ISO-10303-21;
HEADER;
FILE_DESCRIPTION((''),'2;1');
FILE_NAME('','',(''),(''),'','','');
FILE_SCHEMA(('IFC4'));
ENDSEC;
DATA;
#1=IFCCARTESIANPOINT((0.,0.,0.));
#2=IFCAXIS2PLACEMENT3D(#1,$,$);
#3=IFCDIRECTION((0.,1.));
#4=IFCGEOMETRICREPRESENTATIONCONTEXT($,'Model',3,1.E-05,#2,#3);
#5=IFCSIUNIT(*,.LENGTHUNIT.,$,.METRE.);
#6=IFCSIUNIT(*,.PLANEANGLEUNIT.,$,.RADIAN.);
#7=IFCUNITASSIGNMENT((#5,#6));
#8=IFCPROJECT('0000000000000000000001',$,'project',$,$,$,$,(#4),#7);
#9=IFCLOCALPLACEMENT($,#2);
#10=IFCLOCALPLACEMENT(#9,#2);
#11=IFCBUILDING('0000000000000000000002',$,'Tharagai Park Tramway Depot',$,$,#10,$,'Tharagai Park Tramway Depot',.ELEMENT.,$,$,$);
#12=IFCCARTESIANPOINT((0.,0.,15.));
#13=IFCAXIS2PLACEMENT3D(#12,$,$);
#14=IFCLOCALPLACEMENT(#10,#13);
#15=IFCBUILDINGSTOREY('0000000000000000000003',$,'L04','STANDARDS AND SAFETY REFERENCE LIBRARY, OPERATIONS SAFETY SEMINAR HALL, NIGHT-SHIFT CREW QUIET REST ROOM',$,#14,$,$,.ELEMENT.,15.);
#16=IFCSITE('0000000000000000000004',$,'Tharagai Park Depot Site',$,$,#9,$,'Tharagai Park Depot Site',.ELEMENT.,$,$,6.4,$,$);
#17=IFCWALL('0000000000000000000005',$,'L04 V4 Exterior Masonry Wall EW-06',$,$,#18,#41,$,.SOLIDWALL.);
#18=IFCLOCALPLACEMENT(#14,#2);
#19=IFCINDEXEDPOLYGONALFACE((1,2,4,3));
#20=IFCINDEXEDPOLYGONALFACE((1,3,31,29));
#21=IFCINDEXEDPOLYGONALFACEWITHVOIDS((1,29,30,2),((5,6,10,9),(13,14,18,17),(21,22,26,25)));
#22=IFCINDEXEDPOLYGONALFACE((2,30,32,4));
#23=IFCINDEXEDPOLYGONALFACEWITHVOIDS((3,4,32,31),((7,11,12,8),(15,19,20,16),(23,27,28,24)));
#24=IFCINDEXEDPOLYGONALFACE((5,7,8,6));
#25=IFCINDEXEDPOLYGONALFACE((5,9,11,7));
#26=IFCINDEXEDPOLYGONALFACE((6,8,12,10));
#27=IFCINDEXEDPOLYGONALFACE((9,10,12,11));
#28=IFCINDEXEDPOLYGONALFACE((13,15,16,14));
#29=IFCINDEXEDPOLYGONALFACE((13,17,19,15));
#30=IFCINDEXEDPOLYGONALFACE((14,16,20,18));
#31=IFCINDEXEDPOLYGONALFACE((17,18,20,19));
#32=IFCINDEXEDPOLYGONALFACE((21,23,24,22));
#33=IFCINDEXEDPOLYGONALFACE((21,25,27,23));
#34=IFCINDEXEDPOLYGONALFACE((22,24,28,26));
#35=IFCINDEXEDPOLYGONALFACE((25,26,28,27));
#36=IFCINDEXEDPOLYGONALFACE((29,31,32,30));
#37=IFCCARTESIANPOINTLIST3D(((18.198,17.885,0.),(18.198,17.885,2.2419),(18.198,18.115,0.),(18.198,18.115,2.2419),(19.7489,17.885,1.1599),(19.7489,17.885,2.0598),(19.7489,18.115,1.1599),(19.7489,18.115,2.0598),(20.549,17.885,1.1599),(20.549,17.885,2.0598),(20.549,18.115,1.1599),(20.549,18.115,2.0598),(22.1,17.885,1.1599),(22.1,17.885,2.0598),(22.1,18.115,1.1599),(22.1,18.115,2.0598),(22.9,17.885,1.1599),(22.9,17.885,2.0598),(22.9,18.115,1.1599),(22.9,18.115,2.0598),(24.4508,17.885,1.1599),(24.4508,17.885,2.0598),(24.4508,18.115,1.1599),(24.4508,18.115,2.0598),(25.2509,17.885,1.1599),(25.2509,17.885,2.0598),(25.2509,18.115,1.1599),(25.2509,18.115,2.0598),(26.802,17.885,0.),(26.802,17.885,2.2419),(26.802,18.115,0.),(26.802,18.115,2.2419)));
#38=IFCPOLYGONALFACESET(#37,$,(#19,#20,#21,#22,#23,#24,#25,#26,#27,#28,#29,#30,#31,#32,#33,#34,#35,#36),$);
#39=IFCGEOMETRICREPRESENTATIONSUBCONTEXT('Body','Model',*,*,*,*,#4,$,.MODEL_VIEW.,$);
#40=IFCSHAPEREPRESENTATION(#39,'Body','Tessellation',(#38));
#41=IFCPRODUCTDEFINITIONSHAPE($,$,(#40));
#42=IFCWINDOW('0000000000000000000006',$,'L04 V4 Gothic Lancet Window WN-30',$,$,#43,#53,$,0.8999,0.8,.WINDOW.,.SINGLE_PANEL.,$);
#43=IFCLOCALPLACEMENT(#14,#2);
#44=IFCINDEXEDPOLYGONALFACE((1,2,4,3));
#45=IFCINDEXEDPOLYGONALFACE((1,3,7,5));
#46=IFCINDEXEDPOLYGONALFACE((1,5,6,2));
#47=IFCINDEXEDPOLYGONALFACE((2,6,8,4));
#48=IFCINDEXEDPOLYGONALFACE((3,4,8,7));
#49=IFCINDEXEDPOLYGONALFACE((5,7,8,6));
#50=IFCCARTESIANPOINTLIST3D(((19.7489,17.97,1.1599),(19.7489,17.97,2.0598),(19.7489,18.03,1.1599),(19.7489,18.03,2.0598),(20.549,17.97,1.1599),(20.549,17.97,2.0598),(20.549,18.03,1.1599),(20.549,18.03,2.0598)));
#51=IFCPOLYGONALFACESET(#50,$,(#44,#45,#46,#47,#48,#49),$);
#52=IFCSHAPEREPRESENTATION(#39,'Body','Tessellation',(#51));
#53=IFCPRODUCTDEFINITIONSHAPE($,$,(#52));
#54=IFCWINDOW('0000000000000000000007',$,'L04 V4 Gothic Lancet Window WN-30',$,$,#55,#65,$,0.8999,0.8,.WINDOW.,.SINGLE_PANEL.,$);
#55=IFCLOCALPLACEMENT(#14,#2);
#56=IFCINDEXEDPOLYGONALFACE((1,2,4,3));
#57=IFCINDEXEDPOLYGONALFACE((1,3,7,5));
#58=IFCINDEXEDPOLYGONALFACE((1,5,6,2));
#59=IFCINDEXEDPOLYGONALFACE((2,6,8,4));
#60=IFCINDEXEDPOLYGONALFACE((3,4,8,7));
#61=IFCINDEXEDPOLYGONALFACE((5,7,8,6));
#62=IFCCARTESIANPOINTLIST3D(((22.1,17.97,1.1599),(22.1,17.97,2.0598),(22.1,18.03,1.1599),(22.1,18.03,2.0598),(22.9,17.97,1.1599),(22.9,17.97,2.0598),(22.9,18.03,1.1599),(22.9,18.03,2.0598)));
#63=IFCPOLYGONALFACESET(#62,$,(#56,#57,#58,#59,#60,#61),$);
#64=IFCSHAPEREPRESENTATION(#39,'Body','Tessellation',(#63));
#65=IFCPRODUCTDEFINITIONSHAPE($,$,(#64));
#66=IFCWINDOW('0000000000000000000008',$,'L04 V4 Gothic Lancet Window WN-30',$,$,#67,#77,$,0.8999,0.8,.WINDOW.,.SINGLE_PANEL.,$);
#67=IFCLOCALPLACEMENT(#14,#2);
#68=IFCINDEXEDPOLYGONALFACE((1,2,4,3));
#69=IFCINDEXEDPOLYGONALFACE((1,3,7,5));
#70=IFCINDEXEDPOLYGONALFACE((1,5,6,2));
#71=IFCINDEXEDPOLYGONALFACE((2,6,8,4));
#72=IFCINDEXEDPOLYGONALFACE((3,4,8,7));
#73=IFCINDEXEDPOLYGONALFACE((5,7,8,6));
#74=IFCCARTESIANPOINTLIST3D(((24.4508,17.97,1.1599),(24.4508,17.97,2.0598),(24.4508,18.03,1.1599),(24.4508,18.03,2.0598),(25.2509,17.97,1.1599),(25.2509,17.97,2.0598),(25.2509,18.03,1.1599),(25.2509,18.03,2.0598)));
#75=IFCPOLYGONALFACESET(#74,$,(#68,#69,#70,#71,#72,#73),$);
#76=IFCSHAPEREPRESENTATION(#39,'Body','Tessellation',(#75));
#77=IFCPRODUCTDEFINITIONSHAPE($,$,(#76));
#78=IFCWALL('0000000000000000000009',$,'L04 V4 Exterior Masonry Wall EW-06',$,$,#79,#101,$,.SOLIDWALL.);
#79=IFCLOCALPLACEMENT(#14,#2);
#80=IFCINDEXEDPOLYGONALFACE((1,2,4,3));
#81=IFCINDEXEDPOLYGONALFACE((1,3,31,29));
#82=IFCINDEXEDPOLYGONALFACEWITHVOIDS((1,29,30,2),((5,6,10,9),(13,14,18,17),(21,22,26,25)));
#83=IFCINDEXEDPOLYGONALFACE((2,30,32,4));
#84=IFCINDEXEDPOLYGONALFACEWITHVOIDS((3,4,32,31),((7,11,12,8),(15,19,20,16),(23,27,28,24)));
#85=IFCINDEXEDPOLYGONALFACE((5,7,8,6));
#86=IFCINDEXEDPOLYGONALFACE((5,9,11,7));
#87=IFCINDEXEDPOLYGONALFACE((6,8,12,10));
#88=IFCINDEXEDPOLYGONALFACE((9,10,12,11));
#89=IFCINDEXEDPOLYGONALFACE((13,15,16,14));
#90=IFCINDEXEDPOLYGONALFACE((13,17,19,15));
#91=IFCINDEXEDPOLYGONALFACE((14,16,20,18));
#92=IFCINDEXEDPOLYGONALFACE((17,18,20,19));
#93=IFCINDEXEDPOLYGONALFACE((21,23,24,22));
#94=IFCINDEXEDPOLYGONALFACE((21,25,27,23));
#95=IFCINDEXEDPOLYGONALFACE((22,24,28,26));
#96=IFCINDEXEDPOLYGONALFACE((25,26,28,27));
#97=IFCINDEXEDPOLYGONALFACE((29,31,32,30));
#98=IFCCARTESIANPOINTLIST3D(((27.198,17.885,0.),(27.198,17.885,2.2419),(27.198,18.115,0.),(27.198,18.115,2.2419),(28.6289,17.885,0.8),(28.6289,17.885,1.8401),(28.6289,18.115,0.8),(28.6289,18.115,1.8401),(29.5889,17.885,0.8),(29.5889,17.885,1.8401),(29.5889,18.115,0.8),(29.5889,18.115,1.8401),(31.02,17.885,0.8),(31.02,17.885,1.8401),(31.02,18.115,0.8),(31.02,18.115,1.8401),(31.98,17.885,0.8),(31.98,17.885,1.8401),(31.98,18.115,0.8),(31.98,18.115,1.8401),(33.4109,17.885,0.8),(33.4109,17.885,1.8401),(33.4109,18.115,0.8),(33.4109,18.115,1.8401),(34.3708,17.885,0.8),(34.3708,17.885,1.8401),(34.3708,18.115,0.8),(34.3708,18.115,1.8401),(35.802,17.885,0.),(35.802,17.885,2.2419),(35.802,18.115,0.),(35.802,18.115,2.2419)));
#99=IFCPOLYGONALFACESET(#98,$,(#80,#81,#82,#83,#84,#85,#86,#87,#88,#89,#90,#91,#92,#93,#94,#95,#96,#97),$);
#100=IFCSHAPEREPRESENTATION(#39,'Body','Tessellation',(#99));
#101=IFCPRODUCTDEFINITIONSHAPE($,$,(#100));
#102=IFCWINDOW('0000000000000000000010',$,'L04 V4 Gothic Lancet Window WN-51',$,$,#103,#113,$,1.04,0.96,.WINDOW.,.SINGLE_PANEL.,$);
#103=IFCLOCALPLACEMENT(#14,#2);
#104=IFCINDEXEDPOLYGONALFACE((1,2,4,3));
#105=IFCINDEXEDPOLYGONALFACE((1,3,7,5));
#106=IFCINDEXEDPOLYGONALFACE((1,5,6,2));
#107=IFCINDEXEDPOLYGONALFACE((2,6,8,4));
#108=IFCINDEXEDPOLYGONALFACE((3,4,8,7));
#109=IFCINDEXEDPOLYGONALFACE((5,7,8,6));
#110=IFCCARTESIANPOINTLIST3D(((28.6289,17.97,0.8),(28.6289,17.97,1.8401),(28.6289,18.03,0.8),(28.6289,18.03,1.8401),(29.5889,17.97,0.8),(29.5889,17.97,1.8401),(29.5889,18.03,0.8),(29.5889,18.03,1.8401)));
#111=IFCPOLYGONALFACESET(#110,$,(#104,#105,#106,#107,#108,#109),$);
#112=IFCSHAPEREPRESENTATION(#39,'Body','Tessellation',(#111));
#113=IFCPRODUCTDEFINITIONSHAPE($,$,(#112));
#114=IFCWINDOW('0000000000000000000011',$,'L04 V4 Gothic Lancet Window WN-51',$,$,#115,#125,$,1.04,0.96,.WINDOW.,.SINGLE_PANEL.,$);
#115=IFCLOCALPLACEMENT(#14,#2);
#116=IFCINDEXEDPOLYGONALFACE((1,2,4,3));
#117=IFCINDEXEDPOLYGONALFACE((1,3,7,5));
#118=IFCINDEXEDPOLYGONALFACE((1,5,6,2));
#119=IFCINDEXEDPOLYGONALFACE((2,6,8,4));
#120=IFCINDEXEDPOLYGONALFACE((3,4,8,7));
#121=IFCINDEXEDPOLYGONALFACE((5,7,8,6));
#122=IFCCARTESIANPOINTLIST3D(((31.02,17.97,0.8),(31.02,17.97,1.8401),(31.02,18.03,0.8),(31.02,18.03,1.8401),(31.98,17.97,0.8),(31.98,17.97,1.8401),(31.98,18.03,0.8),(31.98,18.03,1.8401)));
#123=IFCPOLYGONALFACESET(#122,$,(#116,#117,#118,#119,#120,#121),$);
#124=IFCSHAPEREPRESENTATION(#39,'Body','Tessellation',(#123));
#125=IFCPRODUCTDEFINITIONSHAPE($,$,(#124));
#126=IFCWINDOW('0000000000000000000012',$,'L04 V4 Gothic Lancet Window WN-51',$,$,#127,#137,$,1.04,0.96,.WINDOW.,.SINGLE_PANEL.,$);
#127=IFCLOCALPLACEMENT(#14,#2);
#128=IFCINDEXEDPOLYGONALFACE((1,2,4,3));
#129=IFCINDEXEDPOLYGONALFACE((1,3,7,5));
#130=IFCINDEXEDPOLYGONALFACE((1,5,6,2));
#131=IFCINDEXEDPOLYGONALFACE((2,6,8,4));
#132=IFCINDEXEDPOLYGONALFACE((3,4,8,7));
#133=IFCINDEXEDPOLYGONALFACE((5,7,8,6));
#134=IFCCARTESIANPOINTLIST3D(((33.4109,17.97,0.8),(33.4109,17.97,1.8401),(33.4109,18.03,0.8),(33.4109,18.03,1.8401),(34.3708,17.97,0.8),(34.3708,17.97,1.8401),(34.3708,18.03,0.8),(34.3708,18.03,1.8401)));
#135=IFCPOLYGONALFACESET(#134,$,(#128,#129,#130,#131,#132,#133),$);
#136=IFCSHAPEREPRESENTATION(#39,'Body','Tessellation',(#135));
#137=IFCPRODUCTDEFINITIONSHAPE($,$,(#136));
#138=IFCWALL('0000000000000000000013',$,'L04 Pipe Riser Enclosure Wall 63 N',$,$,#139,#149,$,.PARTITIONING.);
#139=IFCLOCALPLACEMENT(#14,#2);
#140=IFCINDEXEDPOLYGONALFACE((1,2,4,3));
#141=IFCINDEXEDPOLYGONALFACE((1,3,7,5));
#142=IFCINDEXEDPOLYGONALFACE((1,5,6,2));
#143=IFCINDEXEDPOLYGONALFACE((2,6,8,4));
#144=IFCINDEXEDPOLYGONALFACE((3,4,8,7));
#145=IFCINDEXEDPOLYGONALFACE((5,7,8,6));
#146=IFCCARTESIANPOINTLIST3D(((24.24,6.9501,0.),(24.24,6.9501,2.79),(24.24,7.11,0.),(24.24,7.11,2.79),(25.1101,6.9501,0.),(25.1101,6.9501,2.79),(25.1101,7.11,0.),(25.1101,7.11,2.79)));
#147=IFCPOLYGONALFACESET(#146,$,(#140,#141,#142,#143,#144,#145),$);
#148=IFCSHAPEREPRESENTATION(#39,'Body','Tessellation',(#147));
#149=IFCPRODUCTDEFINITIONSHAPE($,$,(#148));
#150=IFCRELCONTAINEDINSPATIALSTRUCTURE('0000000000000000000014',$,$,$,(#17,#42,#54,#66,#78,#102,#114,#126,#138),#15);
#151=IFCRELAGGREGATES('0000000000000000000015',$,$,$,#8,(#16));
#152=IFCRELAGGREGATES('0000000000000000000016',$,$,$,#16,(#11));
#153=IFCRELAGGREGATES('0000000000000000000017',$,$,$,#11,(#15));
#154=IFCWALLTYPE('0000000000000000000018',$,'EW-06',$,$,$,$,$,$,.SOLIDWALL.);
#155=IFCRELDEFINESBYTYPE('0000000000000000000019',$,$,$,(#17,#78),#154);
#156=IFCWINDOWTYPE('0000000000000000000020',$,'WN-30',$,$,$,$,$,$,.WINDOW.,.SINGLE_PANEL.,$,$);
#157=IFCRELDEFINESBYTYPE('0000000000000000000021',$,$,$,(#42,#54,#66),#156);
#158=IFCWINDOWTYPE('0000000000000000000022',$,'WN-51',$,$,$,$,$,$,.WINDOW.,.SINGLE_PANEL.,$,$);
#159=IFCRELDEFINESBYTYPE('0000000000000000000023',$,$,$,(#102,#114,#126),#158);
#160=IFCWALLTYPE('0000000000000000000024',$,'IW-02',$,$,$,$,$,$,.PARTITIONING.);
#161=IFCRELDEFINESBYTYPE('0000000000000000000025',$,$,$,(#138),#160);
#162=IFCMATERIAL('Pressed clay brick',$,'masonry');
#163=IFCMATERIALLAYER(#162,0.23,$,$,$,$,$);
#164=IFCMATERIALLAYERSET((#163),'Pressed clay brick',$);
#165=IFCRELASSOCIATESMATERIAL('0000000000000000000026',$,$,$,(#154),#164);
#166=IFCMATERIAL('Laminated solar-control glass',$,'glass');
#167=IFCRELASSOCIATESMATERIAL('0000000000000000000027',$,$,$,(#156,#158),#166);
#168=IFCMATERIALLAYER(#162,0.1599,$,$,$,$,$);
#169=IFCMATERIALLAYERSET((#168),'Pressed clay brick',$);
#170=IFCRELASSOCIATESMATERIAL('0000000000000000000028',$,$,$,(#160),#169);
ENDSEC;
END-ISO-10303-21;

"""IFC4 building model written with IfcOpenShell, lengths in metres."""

from ifc_helpers import new_model, si_unit, direction, frame, frame_2d, origin, place, context, subcontext, project, spatial, rectangle, extrude, material, layer, layer_set, type_object, element, fill, save


model = new_model("IFC4")

# Units and contexts
model_context = context("Model", 3, precision=1e-05, world=origin(), true_north=direction((0.0, 1.0)))
body_context = subcontext(model_context, "Body", "Model", "MODEL_VIEW")
ifc_project = project(units=[si_unit("LENGTHUNIT", "METRE"), si_unit("PLANEANGLEUNIT", "RADIAN")], contexts=[model_context])

# Site, building, storey
site_placement = place(None, origin())
site = spatial("IfcSite", under=ifc_project, at=site_placement, Name="Tharagai Park Depot Site", LongName="Tharagai Park Depot Site", CompositionType="ELEMENT", RefElevation=6.4)
building_placement = place(site_placement, origin())
building = spatial("IfcBuilding", under=site, at=building_placement, Name="Tharagai Park Tramway Depot", LongName="Tharagai Park Tramway Depot", CompositionType="ELEMENT")
storey_placement = place(building_placement, frame((0.0, 0.0, 15.0)))
storey = spatial("IfcBuildingStorey", under=building, at=storey_placement, Name="L04", Description="STANDARDS AND SAFETY REFERENCE LIBRARY, OPERATIONS SAFETY SEMINAR HALL, NIGHT-SHIFT CREW QUIET REST ROOM", CompositionType="ELEMENT", Elevation=15.0)

# Walls, openings, windows
ifc_material_1 = material(Name="Pressed clay brick", Category="masonry")
ifc_layer_1 = layer(ifc_material_1, 0.23)
ifc_layer_set_1 = layer_set([ifc_layer_1], Name="Pressed clay brick")
wall_type_1 = type_object("IfcWallType", Name="EW-06", PredefinedType="SOLIDWALL", material=ifc_layer_set_1)
wall_1_placement = place(storey_placement, frame((18.198, 18.0, 0.0), z_axis=(0.0, 0.0, 1.0), x_axis=(1.0, 0.0, 0.0)))
wall_1 = element("IfcWall", 1, at=wall_1_placement, inside=storey, type_object=wall_type_1, Name="L04 V4 Exterior Masonry Wall EW-06", PredefinedType="SOLIDWALL", context=body_context, shape_type="SweptSolid", body=[
    extrude(rectangle(XDim=8.604, YDim=0.23, at=frame_2d((4.302, 0.0))), origin(), (0.0, 0.0, 1.0), 2.2419),
])
opening_1_placement = place(wall_1_placement, frame((1.551, 0.0, 1.1599)))
opening_1 = element("IfcOpeningElement", 2, at=opening_1_placement, cuts=wall_1, PredefinedType="OPENING", context=body_context, shape_type="SweptSolid", body=[
    extrude(rectangle(XDim=0.8, YDim=0.8999, at=frame_2d((0.3999, 0.45))), frame((0.0, 0.125, 0.0), z_axis=(0.0, -1.0, 0.0), x_axis=(1.0, 0.0, 0.0)), (0.0, 0.0, 1.0), 0.25),
])
opening_2_placement = place(wall_1_placement, frame((3.9021, 0.0, 1.1599)))
opening_2 = element("IfcOpeningElement", 3, at=opening_2_placement, cuts=wall_1, PredefinedType="OPENING", context=body_context, shape_type="SweptSolid", body=[
    extrude(rectangle(XDim=0.8, YDim=0.8999, at=frame_2d((0.3999, 0.45))), frame((0.0, 0.125, 0.0), z_axis=(0.0, -1.0, 0.0), x_axis=(1.0, 0.0, 0.0)), (0.0, 0.0, 1.0), 0.25),
])
opening_3_placement = place(wall_1_placement, frame((6.2529, 0.0, 1.1599)))
opening_3 = element("IfcOpeningElement", 4, at=opening_3_placement, cuts=wall_1, PredefinedType="OPENING", context=body_context, shape_type="SweptSolid", body=[
    extrude(rectangle(XDim=0.8, YDim=0.8999, at=frame_2d((0.3999, 0.45))), frame((0.0, 0.125, 0.0), z_axis=(0.0, -1.0, 0.0), x_axis=(1.0, 0.0, 0.0)), (0.0, 0.0, 1.0), 0.25),
])
ifc_material_2 = material(Name="Laminated solar-control glass", Category="glass")
window_type_1 = type_object("IfcWindowType", Name="WN-30", PartitioningType="SINGLE_PANEL", PredefinedType="WINDOW", material=ifc_material_2)
window_1_placement = place(opening_1_placement, origin())
window_1 = element("IfcWindow", 5, at=window_1_placement, inside=storey, type_object=window_type_1, Name="L04 V4 Gothic Lancet Window WN-30", OverallHeight=0.8999, OverallWidth=0.8, PartitioningType="SINGLE_PANEL", PredefinedType="WINDOW", context=body_context, shape_type="SweptSolid", body=[
    extrude(rectangle(XDim=0.8, YDim=0.8999, at=frame_2d((0.3999, 0.45))), frame((0.0, 0.03, 0.0), z_axis=(0.0, -1.0, 0.0), x_axis=(1.0, 0.0, 0.0)), (0.0, 0.0, 1.0), 0.0601),
])
fill(opening_1, window_1)
window_2_placement = place(opening_2_placement, origin())
window_2 = element("IfcWindow", 6, at=window_2_placement, inside=storey, type_object=window_type_1, Name="L04 V4 Gothic Lancet Window WN-30", OverallHeight=0.8999, OverallWidth=0.8, PartitioningType="SINGLE_PANEL", PredefinedType="WINDOW", context=body_context, shape_type="SweptSolid", body=[
    extrude(rectangle(XDim=0.8, YDim=0.8999, at=frame_2d((0.3999, 0.45))), frame((0.0, 0.03, 0.0), z_axis=(0.0, -1.0, 0.0), x_axis=(1.0, 0.0, 0.0)), (0.0, 0.0, 1.0), 0.0601),
])
fill(opening_2, window_2)
window_3_placement = place(opening_3_placement, origin())
window_3 = element("IfcWindow", 7, at=window_3_placement, inside=storey, type_object=window_type_1, Name="L04 V4 Gothic Lancet Window WN-30", OverallHeight=0.8999, OverallWidth=0.8, PartitioningType="SINGLE_PANEL", PredefinedType="WINDOW", context=body_context, shape_type="SweptSolid", body=[
    extrude(rectangle(XDim=0.8, YDim=0.8999, at=frame_2d((0.3999, 0.45))), frame((0.0, 0.03, 0.0), z_axis=(0.0, -1.0, 0.0), x_axis=(1.0, 0.0, 0.0)), (0.0, 0.0, 1.0), 0.0601),
])
fill(opening_3, window_3)
wall_2_placement = place(storey_placement, frame((27.198, 18.0, 0.0), z_axis=(0.0, 0.0, 1.0), x_axis=(1.0, 0.0, 0.0)))
wall_2 = element("IfcWall", 8, at=wall_2_placement, inside=storey, type_object=wall_type_1, Name="L04 V4 Exterior Masonry Wall EW-06", PredefinedType="SOLIDWALL", context=body_context, shape_type="SweptSolid", body=[
    extrude(rectangle(XDim=8.604, YDim=0.23, at=frame_2d((4.302, 0.0))), origin(), (0.0, 0.0, 1.0), 2.2419),
])
opening_4_placement = place(wall_2_placement, frame((1.4309, 0.0, 0.8)))
opening_4 = element("IfcOpeningElement", 9, at=opening_4_placement, cuts=wall_2, PredefinedType="OPENING", context=body_context, shape_type="SweptSolid", body=[
    extrude(rectangle(XDim=0.96, YDim=1.04, at=frame_2d((0.48, 0.52))), frame((0.0, 0.125, 0.0), z_axis=(0.0, -1.0, 0.0), x_axis=(1.0, 0.0, 0.0)), (0.0, 0.0, 1.0), 0.25),
])
opening_5_placement = place(wall_2_placement, frame((3.822, 0.0, 0.8)))
opening_5 = element("IfcOpeningElement", 10, at=opening_5_placement, cuts=wall_2, PredefinedType="OPENING", context=body_context, shape_type="SweptSolid", body=[
    extrude(rectangle(XDim=0.96, YDim=1.04, at=frame_2d((0.48, 0.52))), frame((0.0, 0.125, 0.0), z_axis=(0.0, -1.0, 0.0), x_axis=(1.0, 0.0, 0.0)), (0.0, 0.0, 1.0), 0.25),
])
opening_6_placement = place(wall_2_placement, frame((6.2129, 0.0, 0.8)))
opening_6 = element("IfcOpeningElement", 11, at=opening_6_placement, cuts=wall_2, PredefinedType="OPENING", context=body_context, shape_type="SweptSolid", body=[
    extrude(rectangle(XDim=0.96, YDim=1.04, at=frame_2d((0.48, 0.52))), frame((0.0, 0.125, 0.0), z_axis=(0.0, -1.0, 0.0), x_axis=(1.0, 0.0, 0.0)), (0.0, 0.0, 1.0), 0.25),
])
window_type_2 = type_object("IfcWindowType", Name="WN-51", PartitioningType="SINGLE_PANEL", PredefinedType="WINDOW", material=ifc_material_2)
window_4_placement = place(opening_4_placement, origin())
window_4 = element("IfcWindow", 12, at=window_4_placement, inside=storey, type_object=window_type_2, Name="L04 V4 Gothic Lancet Window WN-51", OverallHeight=1.04, OverallWidth=0.96, PartitioningType="SINGLE_PANEL", PredefinedType="WINDOW", context=body_context, shape_type="SweptSolid", body=[
    extrude(rectangle(XDim=0.96, YDim=1.04, at=frame_2d((0.48, 0.52))), frame((0.0, 0.03, 0.0), z_axis=(0.0, -1.0, 0.0), x_axis=(1.0, 0.0, 0.0)), (0.0, 0.0, 1.0), 0.0601),
])
fill(opening_4, window_4)
window_5_placement = place(opening_5_placement, origin())
window_5 = element("IfcWindow", 13, at=window_5_placement, inside=storey, type_object=window_type_2, Name="L04 V4 Gothic Lancet Window WN-51", OverallHeight=1.04, OverallWidth=0.96, PartitioningType="SINGLE_PANEL", PredefinedType="WINDOW", context=body_context, shape_type="SweptSolid", body=[
    extrude(rectangle(XDim=0.96, YDim=1.04, at=frame_2d((0.48, 0.52))), frame((0.0, 0.03, 0.0), z_axis=(0.0, -1.0, 0.0), x_axis=(1.0, 0.0, 0.0)), (0.0, 0.0, 1.0), 0.0601),
])
fill(opening_5, window_5)
window_6_placement = place(opening_6_placement, origin())
window_6 = element("IfcWindow", 14, at=window_6_placement, inside=storey, type_object=window_type_2, Name="L04 V4 Gothic Lancet Window WN-51", OverallHeight=1.04, OverallWidth=0.96, PartitioningType="SINGLE_PANEL", PredefinedType="WINDOW", context=body_context, shape_type="SweptSolid", body=[
    extrude(rectangle(XDim=0.96, YDim=1.04, at=frame_2d((0.48, 0.52))), frame((0.0, 0.03, 0.0), z_axis=(0.0, -1.0, 0.0), x_axis=(1.0, 0.0, 0.0)), (0.0, 0.0, 1.0), 0.0601),
])
fill(opening_6, window_6)

# Wall
ifc_layer_2 = layer(ifc_material_1, 0.1599)
ifc_layer_set_2 = layer_set([ifc_layer_2], Name="Pressed clay brick")
wall_type_2 = type_object("IfcWallType", Name="IW-02", PredefinedType="PARTITIONING", material=ifc_layer_set_2)
wall_3_placement = place(storey_placement, frame((24.24, 7.03, 0.0), z_axis=(0.0, 0.0, 1.0), x_axis=(1.0, 0.0, 0.0)))
element("IfcWall", 15, at=wall_3_placement, inside=storey, type_object=wall_type_2, Name="L04 Pipe Riser Enclosure Wall 63 N", PredefinedType="PARTITIONING", context=body_context, shape_type="SweptSolid", body=[
    extrude(rectangle(XDim=0.8701, YDim=0.1599, at=frame_2d((0.4351, 0.0))), origin(), (0.0, 0.0, 1.0), 2.79),
])

save(model, "model.ifc")
